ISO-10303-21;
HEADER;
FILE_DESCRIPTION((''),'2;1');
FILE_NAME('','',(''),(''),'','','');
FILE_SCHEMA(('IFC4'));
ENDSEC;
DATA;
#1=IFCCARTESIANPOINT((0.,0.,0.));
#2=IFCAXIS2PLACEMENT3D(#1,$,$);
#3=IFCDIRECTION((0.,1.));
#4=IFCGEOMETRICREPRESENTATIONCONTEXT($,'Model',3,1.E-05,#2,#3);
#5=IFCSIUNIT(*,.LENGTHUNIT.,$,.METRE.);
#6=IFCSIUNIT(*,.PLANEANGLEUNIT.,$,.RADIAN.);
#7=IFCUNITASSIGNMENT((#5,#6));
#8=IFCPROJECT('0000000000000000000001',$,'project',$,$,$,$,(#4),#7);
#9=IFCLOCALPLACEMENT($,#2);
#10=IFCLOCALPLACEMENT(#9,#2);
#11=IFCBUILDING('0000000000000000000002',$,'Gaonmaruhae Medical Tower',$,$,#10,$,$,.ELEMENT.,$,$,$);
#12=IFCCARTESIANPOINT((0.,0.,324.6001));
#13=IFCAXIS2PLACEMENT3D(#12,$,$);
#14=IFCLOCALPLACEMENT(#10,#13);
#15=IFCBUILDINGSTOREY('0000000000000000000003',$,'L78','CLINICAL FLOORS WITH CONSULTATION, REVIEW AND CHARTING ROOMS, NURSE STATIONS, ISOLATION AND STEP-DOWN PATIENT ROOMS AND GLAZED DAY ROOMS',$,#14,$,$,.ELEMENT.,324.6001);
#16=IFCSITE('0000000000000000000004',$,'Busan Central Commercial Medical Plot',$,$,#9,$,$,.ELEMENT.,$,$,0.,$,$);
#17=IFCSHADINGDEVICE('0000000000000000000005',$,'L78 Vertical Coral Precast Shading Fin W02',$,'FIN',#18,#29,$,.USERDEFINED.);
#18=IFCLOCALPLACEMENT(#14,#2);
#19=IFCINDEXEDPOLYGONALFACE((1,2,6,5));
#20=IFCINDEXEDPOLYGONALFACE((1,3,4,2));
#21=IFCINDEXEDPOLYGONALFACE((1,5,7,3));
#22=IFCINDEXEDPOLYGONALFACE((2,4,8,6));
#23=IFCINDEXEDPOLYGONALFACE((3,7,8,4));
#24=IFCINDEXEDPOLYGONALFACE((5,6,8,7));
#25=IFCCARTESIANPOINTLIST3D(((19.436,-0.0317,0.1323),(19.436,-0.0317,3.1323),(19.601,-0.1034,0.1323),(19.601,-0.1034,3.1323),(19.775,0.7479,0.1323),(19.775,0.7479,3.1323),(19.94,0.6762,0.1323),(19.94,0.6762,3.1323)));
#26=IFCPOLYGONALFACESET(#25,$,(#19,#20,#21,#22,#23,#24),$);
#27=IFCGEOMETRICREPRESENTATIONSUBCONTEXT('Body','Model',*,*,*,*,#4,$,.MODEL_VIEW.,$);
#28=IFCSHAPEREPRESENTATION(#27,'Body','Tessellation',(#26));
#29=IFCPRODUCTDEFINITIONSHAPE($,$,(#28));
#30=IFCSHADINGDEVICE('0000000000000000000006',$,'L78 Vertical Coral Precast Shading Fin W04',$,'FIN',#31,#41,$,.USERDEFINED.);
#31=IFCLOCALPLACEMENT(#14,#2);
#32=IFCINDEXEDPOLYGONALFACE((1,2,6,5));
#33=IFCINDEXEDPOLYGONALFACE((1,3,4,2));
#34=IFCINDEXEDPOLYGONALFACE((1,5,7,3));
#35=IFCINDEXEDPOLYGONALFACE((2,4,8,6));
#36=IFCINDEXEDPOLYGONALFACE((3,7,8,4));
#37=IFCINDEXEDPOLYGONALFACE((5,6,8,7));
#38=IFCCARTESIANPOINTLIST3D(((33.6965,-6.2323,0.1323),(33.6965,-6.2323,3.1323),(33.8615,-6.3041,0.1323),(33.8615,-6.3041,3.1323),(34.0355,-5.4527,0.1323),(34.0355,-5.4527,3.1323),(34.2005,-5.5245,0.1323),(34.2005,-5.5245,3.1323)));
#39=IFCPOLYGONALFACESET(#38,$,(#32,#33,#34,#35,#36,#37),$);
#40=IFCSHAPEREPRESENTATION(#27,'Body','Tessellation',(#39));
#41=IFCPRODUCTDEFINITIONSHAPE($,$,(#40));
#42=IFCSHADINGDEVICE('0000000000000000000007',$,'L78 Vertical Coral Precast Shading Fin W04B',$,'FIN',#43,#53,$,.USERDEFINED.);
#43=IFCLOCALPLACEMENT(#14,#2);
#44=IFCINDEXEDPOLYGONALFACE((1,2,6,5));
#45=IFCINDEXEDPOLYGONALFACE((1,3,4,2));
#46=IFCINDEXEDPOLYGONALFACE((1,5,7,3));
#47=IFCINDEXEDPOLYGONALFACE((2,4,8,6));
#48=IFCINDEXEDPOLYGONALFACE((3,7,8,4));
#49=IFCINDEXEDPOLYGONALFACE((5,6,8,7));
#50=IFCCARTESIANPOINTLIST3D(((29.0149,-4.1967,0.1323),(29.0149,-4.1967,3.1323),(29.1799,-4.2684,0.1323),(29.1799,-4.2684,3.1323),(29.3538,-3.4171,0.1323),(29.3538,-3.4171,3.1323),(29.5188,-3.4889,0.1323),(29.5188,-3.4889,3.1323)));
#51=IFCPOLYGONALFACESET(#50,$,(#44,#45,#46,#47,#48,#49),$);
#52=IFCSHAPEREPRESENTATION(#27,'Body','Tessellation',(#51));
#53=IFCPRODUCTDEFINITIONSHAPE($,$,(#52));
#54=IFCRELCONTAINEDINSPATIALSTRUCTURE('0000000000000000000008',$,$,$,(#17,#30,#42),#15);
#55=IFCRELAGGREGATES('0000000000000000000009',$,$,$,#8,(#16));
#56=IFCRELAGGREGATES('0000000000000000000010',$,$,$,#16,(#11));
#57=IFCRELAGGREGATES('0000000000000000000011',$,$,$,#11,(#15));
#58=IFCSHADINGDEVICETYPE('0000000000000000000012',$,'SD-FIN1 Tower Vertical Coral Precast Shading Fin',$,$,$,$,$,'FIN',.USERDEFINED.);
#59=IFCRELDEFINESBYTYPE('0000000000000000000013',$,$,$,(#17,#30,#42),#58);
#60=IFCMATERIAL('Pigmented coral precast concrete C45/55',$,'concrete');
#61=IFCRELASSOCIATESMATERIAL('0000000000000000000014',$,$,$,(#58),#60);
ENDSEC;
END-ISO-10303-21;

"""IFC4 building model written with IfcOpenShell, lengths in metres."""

from ifc_helpers import new_model, si_unit, direction, frame, origin, origin_2d, place, context, subcontext, project, spatial, rectangle, extrude, material, type_object, element, save


model = new_model("IFC4")

# Units and contexts
model_context = context("Model", 3, precision=1e-05, world=origin(), true_north=direction((0.0, 1.0)))
body_context = subcontext(model_context, "Body", "Model", "MODEL_VIEW")
ifc_project = project(units=[si_unit("LENGTHUNIT", "METRE"), si_unit("PLANEANGLEUNIT", "RADIAN")], contexts=[model_context])

# Site, building, storey
site_placement = place(None, origin())
site = spatial("IfcSite", under=ifc_project, at=site_placement, Name="Busan Central Commercial Medical Plot", CompositionType="ELEMENT", RefElevation=0.0)
building_placement = place(site_placement, origin())
building = spatial("IfcBuilding", under=site, at=building_placement, Name="Gaonmaruhae Medical Tower", CompositionType="ELEMENT")
storey_placement = place(building_placement, frame((0.0, 0.0, 324.6001)))
storey = spatial("IfcBuildingStorey", under=building, at=storey_placement, Name="L78", Description="CLINICAL FLOORS WITH CONSULTATION, REVIEW AND CHARTING ROOMS, NURSE STATIONS, ISOLATION AND STEP-DOWN PATIENT ROOMS AND GLAZED DAY ROOMS", CompositionType="ELEMENT", Elevation=324.6001)

# Shading devices
ifc_material_1 = material(Name="Pigmented coral precast concrete C45/55", Category="concrete")
shading_device_type = type_object("IfcShadingDeviceType", Name="SD-FIN1 Tower Vertical Coral Precast Shading Fin", ElementType="FIN", PredefinedType="USERDEFINED", material=ifc_material_1)
for number, where, z_axis, x_axis, name in (
    (1, (19.688, 0.3223, 0.1323), (0.0, 0.0, 1.0), (-0.91706, 0.398749, 0.0), "L78 Vertical Coral Precast Shading Fin W02"),
    (2, (33.9485, -5.8784, 0.1323), (0.0, 0.0, 1.0), (-0.91706, 0.398749, 0.0), "L78 Vertical Coral Precast Shading Fin W04"),
    (3, (29.2668, -3.8428, 0.1323), (0.0, 0.0, 1.0), (-0.91706, 0.398749, 0.0), "L78 Vertical Coral Precast Shading Fin W04B"),
):
    element("IfcShadingDevice", number, at=place(storey_placement, frame(where, z_axis=z_axis, x_axis=x_axis)), inside=storey, type_object=shading_device_type, Name=name, ObjectType="FIN", PredefinedType="USERDEFINED", context=body_context, shape_type="SweptSolid", body=[
        extrude(rectangle(XDim=0.1799, YDim=0.8501, at=origin_2d()), origin(), (0.0, 0.0, 1.0), 3.0),
    ])

save(model, "model.ifc")
